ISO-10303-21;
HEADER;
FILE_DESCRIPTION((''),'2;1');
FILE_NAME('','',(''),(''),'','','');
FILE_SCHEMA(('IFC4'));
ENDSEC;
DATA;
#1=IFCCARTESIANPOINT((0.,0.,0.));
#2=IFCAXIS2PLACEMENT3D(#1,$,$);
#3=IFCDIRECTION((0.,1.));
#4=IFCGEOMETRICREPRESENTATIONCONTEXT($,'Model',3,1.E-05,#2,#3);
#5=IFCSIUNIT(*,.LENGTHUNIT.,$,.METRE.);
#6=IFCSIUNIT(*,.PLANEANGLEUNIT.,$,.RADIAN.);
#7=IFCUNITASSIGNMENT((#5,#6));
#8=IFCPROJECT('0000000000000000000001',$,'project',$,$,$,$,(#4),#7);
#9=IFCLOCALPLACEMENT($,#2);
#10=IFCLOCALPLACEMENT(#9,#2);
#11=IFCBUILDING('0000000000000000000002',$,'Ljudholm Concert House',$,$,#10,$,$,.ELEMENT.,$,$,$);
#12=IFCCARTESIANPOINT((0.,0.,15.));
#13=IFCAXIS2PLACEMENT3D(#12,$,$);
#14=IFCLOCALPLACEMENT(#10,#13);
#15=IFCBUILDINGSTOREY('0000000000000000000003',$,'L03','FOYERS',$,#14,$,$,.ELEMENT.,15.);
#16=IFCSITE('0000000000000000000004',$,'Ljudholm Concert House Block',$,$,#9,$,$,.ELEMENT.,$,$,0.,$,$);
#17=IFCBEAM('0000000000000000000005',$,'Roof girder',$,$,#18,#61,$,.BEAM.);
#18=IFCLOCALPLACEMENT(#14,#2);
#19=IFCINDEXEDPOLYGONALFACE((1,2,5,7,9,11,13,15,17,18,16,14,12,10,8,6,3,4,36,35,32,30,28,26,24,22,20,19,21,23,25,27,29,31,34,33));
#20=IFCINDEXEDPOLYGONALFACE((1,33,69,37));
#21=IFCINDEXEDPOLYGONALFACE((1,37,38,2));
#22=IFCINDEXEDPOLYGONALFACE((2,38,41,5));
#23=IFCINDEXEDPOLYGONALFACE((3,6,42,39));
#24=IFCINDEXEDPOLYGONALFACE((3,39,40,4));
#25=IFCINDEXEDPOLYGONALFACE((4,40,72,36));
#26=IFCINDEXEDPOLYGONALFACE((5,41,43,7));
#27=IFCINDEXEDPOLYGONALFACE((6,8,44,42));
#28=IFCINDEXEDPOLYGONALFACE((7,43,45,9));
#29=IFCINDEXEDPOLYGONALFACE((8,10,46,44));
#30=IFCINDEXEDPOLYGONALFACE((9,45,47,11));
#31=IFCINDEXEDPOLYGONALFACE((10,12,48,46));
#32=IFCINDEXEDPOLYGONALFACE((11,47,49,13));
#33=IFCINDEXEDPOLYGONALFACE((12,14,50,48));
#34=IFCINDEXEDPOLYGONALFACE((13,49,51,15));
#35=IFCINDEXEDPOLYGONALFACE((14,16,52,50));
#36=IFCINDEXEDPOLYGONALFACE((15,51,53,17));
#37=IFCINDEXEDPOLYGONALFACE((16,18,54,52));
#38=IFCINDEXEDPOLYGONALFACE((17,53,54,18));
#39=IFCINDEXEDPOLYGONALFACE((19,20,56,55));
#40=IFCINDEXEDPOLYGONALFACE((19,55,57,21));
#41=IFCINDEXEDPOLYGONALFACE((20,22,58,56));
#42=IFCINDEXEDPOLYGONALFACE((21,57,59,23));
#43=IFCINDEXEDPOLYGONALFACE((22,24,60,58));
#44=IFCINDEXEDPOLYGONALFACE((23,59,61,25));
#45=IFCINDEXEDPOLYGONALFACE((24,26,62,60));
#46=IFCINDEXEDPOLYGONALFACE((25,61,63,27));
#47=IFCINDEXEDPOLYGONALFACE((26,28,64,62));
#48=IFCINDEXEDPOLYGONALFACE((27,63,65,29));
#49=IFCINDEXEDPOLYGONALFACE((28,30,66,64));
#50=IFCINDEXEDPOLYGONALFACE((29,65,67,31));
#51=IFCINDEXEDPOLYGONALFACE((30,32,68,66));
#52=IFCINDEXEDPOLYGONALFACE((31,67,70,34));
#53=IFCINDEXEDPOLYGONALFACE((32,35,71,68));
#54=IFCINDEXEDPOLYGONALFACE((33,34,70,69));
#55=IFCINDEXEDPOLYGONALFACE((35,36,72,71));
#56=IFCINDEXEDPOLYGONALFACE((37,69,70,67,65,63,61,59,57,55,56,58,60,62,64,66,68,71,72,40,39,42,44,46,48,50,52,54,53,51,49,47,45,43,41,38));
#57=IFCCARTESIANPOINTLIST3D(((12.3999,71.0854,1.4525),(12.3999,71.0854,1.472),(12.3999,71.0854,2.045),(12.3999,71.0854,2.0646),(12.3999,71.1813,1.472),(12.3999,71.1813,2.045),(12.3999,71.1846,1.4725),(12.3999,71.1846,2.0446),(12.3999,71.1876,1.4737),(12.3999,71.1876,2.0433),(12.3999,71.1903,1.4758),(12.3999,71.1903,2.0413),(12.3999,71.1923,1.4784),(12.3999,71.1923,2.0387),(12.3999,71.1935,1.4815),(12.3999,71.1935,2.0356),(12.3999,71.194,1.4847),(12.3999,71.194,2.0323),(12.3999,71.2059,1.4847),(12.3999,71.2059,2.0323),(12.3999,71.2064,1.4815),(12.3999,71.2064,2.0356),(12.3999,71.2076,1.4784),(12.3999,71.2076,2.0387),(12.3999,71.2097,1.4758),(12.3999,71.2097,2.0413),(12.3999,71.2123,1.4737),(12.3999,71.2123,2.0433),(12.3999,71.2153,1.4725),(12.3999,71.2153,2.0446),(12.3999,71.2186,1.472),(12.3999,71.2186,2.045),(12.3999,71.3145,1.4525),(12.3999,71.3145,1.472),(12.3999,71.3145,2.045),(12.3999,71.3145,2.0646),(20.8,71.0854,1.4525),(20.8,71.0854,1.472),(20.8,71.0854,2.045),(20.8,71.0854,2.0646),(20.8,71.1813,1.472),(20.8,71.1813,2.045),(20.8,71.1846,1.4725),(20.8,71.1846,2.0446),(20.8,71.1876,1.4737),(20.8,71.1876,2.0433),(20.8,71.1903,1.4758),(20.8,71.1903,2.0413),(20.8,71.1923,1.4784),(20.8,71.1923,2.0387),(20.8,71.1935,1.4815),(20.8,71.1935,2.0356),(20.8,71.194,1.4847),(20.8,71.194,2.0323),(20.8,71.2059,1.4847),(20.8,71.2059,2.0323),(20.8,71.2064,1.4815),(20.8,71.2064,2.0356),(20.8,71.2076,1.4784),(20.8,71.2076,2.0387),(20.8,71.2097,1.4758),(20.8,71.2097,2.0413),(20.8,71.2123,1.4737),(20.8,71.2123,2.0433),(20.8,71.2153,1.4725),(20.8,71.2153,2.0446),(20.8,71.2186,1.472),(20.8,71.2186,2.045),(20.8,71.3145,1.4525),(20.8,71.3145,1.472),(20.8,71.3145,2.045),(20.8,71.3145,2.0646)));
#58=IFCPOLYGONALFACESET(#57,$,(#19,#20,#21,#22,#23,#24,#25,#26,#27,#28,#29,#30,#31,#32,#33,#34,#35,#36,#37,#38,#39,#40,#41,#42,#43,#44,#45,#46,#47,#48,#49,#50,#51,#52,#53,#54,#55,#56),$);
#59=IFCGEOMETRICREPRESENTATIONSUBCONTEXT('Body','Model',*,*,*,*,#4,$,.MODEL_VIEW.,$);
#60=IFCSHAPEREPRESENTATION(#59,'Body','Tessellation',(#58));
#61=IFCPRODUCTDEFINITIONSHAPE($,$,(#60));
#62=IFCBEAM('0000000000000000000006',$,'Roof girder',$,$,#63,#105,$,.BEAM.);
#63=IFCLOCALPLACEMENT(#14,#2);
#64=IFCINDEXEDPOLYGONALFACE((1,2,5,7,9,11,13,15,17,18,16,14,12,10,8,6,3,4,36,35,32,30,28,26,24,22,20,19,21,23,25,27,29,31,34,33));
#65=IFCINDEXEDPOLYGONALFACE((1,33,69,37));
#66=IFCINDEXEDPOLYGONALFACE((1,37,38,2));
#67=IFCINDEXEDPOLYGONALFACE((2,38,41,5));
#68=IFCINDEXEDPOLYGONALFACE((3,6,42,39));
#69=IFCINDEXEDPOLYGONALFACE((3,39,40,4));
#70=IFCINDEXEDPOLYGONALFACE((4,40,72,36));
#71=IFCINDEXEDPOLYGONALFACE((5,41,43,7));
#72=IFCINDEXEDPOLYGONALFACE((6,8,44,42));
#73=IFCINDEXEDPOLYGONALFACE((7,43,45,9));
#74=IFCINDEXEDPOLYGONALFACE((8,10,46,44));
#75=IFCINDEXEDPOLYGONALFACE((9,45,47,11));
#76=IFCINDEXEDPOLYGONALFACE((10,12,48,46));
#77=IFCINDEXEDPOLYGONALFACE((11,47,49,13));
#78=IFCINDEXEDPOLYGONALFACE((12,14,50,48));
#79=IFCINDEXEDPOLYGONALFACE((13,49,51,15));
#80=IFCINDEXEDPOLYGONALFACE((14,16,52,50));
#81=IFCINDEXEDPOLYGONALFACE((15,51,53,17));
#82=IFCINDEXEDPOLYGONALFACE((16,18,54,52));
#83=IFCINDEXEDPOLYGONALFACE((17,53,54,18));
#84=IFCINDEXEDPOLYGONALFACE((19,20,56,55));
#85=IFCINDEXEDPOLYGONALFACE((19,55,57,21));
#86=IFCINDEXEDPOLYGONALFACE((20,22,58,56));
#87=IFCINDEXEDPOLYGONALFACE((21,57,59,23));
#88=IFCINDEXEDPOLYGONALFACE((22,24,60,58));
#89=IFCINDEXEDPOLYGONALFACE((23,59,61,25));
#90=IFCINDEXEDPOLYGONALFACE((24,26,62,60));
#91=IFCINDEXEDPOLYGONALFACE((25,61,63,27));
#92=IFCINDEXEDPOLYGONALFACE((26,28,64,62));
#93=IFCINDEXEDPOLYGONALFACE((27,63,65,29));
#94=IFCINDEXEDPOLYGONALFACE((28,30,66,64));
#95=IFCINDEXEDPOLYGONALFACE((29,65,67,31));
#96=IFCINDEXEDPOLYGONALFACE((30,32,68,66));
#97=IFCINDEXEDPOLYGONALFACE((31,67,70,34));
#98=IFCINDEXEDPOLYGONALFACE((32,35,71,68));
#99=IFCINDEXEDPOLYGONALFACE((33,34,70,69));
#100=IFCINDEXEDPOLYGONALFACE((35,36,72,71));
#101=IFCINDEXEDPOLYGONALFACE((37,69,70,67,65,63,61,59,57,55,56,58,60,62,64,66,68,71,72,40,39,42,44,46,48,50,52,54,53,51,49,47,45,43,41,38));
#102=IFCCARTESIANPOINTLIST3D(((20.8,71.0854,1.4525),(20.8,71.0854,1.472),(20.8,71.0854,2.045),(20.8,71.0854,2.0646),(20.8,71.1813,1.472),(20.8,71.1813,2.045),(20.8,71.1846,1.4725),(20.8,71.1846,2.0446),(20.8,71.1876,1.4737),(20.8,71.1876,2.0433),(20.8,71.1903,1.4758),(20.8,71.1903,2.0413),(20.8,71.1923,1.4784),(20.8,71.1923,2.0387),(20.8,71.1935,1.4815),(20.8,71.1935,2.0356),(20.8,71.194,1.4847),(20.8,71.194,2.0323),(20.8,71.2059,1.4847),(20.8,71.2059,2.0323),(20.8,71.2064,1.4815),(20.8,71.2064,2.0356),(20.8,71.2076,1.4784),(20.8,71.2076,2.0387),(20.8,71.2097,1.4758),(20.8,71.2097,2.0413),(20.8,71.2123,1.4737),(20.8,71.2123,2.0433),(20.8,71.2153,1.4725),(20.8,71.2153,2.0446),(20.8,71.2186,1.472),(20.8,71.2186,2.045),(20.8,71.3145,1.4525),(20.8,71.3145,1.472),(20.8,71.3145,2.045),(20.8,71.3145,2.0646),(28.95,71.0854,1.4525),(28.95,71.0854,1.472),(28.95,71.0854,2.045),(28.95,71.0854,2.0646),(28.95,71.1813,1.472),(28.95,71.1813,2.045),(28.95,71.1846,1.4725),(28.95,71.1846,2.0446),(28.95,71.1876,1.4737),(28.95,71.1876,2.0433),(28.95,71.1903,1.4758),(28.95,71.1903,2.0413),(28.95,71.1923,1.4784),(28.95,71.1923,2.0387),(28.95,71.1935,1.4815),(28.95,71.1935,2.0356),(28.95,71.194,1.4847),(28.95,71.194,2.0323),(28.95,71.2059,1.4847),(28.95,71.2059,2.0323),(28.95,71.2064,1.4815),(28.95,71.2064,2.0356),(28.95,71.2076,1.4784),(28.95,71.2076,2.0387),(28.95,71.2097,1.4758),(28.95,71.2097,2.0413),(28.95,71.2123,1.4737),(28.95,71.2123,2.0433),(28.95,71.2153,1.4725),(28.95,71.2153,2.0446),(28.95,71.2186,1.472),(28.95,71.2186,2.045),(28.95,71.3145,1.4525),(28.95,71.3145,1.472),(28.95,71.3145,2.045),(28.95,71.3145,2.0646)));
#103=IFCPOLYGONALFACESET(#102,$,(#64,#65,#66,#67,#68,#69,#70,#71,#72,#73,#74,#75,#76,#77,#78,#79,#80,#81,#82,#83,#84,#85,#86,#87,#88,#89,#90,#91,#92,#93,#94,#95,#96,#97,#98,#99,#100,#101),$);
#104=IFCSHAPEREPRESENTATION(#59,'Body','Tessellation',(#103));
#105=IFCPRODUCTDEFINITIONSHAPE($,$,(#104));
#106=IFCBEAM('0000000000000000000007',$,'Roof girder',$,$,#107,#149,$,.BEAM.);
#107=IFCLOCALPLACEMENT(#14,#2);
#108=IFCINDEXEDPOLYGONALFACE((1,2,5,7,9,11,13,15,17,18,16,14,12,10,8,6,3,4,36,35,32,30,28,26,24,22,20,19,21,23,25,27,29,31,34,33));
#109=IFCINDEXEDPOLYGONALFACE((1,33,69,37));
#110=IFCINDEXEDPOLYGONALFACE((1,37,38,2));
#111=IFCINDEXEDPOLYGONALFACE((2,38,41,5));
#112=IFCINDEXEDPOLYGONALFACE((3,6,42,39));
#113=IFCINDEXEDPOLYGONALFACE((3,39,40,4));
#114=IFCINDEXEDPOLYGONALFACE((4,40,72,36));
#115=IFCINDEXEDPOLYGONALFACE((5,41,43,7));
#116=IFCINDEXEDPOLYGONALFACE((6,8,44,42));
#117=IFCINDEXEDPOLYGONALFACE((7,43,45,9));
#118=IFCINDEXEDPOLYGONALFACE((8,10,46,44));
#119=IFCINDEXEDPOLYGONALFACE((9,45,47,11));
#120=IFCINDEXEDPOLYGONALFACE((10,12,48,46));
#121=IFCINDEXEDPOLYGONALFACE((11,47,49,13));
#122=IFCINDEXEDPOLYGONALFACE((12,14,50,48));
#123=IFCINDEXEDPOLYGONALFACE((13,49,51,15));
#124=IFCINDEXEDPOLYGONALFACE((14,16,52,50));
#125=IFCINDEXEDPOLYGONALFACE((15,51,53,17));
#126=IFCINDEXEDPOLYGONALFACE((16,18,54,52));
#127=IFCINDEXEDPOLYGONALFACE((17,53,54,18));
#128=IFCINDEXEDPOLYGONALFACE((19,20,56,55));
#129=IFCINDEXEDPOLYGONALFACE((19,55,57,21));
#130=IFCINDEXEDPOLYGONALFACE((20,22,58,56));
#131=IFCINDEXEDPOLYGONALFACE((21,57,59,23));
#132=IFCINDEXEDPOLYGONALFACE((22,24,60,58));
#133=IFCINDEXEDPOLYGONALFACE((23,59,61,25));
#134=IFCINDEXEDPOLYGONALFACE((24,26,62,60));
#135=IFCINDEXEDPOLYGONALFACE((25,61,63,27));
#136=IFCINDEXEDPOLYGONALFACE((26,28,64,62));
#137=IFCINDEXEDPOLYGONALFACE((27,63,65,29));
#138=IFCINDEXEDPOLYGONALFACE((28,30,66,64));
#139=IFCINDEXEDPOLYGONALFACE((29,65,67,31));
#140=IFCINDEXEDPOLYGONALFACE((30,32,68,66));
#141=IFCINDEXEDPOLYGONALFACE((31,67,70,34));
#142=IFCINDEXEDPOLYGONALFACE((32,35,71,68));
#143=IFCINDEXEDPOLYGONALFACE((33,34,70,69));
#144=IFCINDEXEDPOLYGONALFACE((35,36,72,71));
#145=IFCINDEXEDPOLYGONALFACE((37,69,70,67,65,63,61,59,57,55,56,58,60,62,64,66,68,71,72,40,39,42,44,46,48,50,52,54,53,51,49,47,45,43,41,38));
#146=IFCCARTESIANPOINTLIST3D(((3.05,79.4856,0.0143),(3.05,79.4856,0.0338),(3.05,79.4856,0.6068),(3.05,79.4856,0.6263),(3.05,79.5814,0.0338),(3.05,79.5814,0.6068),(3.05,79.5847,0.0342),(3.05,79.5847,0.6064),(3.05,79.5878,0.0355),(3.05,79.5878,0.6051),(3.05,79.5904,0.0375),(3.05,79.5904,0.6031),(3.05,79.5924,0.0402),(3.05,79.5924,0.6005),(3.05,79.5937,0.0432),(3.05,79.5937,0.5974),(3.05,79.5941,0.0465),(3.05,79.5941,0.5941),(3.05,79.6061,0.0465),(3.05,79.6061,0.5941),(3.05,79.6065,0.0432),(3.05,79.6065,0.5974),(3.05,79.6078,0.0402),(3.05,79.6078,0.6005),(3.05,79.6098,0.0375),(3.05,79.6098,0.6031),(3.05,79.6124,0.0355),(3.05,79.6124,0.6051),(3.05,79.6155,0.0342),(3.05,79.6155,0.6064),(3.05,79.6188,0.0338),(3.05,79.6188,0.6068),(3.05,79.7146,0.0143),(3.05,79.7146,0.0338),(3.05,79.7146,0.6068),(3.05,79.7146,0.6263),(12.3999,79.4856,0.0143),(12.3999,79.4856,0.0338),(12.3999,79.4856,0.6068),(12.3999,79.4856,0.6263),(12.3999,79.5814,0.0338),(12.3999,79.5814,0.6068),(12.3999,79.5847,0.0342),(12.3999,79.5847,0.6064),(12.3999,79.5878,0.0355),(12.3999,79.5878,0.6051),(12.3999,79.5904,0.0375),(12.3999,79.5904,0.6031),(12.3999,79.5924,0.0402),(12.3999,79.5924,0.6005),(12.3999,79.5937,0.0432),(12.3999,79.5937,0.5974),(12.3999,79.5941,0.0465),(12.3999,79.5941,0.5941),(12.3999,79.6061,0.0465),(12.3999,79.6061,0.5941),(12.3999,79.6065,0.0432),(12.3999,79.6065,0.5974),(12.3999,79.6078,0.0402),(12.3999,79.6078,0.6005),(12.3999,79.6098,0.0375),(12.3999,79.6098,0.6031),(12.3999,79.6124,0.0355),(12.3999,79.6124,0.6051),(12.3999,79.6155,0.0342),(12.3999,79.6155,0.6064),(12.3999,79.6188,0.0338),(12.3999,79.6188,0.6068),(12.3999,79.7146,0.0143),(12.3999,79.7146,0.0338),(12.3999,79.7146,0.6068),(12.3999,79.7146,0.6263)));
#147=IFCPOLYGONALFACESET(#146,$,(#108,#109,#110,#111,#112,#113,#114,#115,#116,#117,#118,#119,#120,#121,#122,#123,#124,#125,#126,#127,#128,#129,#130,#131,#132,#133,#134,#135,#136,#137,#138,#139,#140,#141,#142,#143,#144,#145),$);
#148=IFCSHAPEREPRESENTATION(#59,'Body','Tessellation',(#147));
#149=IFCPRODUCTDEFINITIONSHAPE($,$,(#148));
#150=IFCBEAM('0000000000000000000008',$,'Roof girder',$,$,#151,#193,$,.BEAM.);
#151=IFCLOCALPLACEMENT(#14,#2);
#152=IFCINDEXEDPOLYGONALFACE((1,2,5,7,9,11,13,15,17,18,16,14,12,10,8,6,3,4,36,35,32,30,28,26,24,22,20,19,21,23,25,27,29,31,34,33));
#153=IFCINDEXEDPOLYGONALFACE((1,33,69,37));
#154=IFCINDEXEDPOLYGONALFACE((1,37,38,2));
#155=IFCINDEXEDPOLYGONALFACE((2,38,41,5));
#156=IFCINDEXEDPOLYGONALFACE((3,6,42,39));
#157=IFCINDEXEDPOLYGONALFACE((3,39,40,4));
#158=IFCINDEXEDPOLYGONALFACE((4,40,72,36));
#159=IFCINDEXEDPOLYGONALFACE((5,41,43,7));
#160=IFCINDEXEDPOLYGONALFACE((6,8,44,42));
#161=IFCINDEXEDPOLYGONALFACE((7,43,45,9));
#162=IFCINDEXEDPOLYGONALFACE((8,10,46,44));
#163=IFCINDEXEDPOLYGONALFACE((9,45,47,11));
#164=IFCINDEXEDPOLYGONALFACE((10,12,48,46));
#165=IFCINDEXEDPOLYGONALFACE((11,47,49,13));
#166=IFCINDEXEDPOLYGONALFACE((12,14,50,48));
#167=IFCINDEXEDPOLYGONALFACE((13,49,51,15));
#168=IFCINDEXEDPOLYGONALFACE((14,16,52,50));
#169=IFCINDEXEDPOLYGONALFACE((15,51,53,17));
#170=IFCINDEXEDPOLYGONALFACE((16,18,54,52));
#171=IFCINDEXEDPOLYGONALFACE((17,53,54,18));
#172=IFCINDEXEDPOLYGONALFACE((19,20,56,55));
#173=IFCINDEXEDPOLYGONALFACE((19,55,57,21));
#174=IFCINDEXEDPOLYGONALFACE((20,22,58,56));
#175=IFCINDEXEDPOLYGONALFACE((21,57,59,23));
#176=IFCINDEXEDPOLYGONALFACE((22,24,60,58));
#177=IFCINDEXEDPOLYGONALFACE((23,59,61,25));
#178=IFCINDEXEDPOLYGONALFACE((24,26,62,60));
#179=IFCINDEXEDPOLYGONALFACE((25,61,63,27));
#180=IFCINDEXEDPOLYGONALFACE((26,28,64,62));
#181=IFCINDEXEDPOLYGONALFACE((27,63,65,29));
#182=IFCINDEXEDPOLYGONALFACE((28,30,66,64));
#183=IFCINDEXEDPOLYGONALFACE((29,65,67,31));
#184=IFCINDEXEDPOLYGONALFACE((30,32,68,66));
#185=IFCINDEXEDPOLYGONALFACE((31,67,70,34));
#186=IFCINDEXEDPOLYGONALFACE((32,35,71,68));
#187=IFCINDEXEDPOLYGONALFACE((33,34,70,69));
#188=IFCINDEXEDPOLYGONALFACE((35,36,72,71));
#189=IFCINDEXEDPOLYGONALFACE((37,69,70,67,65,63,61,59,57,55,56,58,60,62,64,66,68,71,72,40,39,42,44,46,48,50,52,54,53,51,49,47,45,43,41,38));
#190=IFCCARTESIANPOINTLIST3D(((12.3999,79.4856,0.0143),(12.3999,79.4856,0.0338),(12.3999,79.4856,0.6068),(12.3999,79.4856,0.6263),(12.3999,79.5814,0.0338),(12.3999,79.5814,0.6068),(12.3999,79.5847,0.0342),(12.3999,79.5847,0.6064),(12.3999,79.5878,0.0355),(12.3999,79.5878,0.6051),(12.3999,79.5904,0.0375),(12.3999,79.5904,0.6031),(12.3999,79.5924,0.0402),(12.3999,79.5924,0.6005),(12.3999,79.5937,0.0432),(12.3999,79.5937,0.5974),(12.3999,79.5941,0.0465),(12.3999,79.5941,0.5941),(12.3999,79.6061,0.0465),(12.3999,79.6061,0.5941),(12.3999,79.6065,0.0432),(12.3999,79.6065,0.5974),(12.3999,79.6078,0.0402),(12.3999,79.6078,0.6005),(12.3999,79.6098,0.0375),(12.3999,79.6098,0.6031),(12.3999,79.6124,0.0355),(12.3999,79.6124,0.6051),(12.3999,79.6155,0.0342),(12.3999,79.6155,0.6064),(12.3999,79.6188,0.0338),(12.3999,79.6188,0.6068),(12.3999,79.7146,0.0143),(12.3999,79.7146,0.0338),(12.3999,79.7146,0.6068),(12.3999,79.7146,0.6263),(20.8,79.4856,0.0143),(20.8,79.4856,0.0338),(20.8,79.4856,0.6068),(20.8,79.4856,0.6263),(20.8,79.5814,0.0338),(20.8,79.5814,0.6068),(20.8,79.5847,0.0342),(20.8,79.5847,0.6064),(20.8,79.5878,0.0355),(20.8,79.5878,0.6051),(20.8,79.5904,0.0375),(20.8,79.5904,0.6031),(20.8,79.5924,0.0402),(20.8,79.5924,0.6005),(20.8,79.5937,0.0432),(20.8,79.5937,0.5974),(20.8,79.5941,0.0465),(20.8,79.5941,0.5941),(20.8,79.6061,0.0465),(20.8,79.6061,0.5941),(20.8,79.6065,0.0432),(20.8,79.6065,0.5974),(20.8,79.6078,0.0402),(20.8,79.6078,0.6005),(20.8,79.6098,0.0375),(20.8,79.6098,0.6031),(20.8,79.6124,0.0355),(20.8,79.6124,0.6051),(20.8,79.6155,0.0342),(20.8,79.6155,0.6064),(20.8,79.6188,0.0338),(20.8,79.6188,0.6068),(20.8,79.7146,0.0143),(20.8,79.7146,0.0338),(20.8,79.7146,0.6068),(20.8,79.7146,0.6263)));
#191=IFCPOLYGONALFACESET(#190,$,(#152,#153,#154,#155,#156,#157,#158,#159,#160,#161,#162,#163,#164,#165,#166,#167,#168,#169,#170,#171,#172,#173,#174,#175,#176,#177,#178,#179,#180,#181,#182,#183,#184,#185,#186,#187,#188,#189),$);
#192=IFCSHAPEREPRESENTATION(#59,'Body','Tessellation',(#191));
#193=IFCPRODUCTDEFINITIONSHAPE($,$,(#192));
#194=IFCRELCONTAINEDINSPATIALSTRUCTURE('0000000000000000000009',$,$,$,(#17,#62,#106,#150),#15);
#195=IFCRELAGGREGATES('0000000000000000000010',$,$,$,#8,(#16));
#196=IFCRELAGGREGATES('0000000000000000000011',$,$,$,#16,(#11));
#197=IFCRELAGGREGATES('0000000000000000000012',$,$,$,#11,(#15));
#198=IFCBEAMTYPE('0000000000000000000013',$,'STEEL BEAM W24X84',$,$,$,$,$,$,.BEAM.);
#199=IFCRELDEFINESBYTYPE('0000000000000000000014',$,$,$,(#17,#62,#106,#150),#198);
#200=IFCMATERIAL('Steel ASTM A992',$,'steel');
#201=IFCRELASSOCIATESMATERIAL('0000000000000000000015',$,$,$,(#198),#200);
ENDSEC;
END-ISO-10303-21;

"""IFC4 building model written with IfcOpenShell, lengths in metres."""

from ifc_helpers import new_model, si_unit, direction, frame, origin, origin_2d, place, context, subcontext, project, spatial, i_section, extrude, material, material_profile, profile_set, type_object, element, save


model = new_model("IFC4")

# Units and contexts
model_context = context("Model", 3, precision=1e-05, world=origin(), true_north=direction((0.0, 1.0)))
body_context = subcontext(model_context, "Body", "Model", "MODEL_VIEW")
ifc_project = project(units=[si_unit("LENGTHUNIT", "METRE"), si_unit("PLANEANGLEUNIT", "RADIAN")], contexts=[model_context])

# Site, building, storey
site_placement = place(None, origin())
site = spatial("IfcSite", under=ifc_project, at=site_placement, Name="Ljudholm Concert House Block", CompositionType="ELEMENT", RefElevation=0.0)
building_placement = place(site_placement, origin())
building = spatial("IfcBuilding", under=site, at=building_placement, Name="Ljudholm Concert House", CompositionType="ELEMENT")
storey_placement = place(building_placement, frame((0.0, 0.0, 15.0)))
storey = spatial("IfcBuildingStorey", under=building, at=storey_placement, Name="L03", Description="FOYERS", CompositionType="ELEMENT", Elevation=15.0)

# Beams
ifc_material_1 = material(Name="Steel ASTM A992", Category="steel")
ifc_material_profile_1 = material_profile(ifc_material_1, i_section(OverallWidth=0.229, OverallDepth=0.6121, WebThickness=0.012, FlangeThickness=0.0195, FilletRadius=0.0127, at=origin_2d()), Name="W24X84")
ifc_profile_set_1 = profile_set([ifc_material_profile_1], Name="Steel ASTM A992")
beam_type_1 = type_object("IfcBeamType", Name="STEEL BEAM W24X84", PredefinedType="BEAM", material=ifc_profile_set_1)
beam_1_placement = place(storey_placement, frame((12.3999, 71.2, 1.7585), z_axis=(1.0, 0.0, 0.0), x_axis=(0.0, 1.0, 0.0)))
element("IfcBeam", 1, at=beam_1_placement, inside=storey, type_object=beam_type_1, Name="Roof girder", PredefinedType="BEAM", context=body_context, shape_type="SweptSolid", body=[
    extrude(i_section(OverallWidth=0.229, OverallDepth=0.6121, WebThickness=0.012, FlangeThickness=0.0195, FilletRadius=0.0127, at=origin_2d()), origin(), (0.0, 0.0, 1.0), 8.4001),
])
beam_2_placement = place(storey_placement, frame((20.8, 71.2, 1.7585), z_axis=(1.0, 0.0, 0.0), x_axis=(0.0, 1.0, 0.0)))
element("IfcBeam", 2, at=beam_2_placement, inside=storey, type_object=beam_type_1, Name="Roof girder", PredefinedType="BEAM", context=body_context, shape_type="SweptSolid", body=[
    extrude(i_section(OverallWidth=0.229, OverallDepth=0.6121, WebThickness=0.012, FlangeThickness=0.0195, FilletRadius=0.0127, at=origin_2d()), origin(), (0.0, 0.0, 1.0), 8.1499),
])
beam_3_placement = place(storey_placement, frame((3.05, 79.6001, 0.3203), z_axis=(1.0, 0.0, 0.0), x_axis=(0.0, 1.0, 0.0)))
element("IfcBeam", 3, at=beam_3_placement, inside=storey, type_object=beam_type_1, Name="Roof girder", PredefinedType="BEAM", context=body_context, shape_type="SweptSolid", body=[
    extrude(i_section(OverallWidth=0.229, OverallDepth=0.6121, WebThickness=0.012, FlangeThickness=0.0195, FilletRadius=0.0127, at=origin_2d()), origin(), (0.0, 0.0, 1.0), 9.3499),
])
beam_4_placement = place(storey_placement, frame((12.3999, 79.6001, 0.3203), z_axis=(1.0, 0.0, 0.0), x_axis=(0.0, 1.0, 0.0)))
element("IfcBeam", 4, at=beam_4_placement, inside=storey, type_object=beam_type_1, Name="Roof girder", PredefinedType="BEAM", context=body_context, shape_type="SweptSolid", body=[
    extrude(i_section(OverallWidth=0.229, OverallDepth=0.6121, WebThickness=0.012, FlangeThickness=0.0195, FilletRadius=0.0127, at=origin_2d()), origin(), (0.0, 0.0, 1.0), 8.4001),
])

save(model, "model.ifc")
